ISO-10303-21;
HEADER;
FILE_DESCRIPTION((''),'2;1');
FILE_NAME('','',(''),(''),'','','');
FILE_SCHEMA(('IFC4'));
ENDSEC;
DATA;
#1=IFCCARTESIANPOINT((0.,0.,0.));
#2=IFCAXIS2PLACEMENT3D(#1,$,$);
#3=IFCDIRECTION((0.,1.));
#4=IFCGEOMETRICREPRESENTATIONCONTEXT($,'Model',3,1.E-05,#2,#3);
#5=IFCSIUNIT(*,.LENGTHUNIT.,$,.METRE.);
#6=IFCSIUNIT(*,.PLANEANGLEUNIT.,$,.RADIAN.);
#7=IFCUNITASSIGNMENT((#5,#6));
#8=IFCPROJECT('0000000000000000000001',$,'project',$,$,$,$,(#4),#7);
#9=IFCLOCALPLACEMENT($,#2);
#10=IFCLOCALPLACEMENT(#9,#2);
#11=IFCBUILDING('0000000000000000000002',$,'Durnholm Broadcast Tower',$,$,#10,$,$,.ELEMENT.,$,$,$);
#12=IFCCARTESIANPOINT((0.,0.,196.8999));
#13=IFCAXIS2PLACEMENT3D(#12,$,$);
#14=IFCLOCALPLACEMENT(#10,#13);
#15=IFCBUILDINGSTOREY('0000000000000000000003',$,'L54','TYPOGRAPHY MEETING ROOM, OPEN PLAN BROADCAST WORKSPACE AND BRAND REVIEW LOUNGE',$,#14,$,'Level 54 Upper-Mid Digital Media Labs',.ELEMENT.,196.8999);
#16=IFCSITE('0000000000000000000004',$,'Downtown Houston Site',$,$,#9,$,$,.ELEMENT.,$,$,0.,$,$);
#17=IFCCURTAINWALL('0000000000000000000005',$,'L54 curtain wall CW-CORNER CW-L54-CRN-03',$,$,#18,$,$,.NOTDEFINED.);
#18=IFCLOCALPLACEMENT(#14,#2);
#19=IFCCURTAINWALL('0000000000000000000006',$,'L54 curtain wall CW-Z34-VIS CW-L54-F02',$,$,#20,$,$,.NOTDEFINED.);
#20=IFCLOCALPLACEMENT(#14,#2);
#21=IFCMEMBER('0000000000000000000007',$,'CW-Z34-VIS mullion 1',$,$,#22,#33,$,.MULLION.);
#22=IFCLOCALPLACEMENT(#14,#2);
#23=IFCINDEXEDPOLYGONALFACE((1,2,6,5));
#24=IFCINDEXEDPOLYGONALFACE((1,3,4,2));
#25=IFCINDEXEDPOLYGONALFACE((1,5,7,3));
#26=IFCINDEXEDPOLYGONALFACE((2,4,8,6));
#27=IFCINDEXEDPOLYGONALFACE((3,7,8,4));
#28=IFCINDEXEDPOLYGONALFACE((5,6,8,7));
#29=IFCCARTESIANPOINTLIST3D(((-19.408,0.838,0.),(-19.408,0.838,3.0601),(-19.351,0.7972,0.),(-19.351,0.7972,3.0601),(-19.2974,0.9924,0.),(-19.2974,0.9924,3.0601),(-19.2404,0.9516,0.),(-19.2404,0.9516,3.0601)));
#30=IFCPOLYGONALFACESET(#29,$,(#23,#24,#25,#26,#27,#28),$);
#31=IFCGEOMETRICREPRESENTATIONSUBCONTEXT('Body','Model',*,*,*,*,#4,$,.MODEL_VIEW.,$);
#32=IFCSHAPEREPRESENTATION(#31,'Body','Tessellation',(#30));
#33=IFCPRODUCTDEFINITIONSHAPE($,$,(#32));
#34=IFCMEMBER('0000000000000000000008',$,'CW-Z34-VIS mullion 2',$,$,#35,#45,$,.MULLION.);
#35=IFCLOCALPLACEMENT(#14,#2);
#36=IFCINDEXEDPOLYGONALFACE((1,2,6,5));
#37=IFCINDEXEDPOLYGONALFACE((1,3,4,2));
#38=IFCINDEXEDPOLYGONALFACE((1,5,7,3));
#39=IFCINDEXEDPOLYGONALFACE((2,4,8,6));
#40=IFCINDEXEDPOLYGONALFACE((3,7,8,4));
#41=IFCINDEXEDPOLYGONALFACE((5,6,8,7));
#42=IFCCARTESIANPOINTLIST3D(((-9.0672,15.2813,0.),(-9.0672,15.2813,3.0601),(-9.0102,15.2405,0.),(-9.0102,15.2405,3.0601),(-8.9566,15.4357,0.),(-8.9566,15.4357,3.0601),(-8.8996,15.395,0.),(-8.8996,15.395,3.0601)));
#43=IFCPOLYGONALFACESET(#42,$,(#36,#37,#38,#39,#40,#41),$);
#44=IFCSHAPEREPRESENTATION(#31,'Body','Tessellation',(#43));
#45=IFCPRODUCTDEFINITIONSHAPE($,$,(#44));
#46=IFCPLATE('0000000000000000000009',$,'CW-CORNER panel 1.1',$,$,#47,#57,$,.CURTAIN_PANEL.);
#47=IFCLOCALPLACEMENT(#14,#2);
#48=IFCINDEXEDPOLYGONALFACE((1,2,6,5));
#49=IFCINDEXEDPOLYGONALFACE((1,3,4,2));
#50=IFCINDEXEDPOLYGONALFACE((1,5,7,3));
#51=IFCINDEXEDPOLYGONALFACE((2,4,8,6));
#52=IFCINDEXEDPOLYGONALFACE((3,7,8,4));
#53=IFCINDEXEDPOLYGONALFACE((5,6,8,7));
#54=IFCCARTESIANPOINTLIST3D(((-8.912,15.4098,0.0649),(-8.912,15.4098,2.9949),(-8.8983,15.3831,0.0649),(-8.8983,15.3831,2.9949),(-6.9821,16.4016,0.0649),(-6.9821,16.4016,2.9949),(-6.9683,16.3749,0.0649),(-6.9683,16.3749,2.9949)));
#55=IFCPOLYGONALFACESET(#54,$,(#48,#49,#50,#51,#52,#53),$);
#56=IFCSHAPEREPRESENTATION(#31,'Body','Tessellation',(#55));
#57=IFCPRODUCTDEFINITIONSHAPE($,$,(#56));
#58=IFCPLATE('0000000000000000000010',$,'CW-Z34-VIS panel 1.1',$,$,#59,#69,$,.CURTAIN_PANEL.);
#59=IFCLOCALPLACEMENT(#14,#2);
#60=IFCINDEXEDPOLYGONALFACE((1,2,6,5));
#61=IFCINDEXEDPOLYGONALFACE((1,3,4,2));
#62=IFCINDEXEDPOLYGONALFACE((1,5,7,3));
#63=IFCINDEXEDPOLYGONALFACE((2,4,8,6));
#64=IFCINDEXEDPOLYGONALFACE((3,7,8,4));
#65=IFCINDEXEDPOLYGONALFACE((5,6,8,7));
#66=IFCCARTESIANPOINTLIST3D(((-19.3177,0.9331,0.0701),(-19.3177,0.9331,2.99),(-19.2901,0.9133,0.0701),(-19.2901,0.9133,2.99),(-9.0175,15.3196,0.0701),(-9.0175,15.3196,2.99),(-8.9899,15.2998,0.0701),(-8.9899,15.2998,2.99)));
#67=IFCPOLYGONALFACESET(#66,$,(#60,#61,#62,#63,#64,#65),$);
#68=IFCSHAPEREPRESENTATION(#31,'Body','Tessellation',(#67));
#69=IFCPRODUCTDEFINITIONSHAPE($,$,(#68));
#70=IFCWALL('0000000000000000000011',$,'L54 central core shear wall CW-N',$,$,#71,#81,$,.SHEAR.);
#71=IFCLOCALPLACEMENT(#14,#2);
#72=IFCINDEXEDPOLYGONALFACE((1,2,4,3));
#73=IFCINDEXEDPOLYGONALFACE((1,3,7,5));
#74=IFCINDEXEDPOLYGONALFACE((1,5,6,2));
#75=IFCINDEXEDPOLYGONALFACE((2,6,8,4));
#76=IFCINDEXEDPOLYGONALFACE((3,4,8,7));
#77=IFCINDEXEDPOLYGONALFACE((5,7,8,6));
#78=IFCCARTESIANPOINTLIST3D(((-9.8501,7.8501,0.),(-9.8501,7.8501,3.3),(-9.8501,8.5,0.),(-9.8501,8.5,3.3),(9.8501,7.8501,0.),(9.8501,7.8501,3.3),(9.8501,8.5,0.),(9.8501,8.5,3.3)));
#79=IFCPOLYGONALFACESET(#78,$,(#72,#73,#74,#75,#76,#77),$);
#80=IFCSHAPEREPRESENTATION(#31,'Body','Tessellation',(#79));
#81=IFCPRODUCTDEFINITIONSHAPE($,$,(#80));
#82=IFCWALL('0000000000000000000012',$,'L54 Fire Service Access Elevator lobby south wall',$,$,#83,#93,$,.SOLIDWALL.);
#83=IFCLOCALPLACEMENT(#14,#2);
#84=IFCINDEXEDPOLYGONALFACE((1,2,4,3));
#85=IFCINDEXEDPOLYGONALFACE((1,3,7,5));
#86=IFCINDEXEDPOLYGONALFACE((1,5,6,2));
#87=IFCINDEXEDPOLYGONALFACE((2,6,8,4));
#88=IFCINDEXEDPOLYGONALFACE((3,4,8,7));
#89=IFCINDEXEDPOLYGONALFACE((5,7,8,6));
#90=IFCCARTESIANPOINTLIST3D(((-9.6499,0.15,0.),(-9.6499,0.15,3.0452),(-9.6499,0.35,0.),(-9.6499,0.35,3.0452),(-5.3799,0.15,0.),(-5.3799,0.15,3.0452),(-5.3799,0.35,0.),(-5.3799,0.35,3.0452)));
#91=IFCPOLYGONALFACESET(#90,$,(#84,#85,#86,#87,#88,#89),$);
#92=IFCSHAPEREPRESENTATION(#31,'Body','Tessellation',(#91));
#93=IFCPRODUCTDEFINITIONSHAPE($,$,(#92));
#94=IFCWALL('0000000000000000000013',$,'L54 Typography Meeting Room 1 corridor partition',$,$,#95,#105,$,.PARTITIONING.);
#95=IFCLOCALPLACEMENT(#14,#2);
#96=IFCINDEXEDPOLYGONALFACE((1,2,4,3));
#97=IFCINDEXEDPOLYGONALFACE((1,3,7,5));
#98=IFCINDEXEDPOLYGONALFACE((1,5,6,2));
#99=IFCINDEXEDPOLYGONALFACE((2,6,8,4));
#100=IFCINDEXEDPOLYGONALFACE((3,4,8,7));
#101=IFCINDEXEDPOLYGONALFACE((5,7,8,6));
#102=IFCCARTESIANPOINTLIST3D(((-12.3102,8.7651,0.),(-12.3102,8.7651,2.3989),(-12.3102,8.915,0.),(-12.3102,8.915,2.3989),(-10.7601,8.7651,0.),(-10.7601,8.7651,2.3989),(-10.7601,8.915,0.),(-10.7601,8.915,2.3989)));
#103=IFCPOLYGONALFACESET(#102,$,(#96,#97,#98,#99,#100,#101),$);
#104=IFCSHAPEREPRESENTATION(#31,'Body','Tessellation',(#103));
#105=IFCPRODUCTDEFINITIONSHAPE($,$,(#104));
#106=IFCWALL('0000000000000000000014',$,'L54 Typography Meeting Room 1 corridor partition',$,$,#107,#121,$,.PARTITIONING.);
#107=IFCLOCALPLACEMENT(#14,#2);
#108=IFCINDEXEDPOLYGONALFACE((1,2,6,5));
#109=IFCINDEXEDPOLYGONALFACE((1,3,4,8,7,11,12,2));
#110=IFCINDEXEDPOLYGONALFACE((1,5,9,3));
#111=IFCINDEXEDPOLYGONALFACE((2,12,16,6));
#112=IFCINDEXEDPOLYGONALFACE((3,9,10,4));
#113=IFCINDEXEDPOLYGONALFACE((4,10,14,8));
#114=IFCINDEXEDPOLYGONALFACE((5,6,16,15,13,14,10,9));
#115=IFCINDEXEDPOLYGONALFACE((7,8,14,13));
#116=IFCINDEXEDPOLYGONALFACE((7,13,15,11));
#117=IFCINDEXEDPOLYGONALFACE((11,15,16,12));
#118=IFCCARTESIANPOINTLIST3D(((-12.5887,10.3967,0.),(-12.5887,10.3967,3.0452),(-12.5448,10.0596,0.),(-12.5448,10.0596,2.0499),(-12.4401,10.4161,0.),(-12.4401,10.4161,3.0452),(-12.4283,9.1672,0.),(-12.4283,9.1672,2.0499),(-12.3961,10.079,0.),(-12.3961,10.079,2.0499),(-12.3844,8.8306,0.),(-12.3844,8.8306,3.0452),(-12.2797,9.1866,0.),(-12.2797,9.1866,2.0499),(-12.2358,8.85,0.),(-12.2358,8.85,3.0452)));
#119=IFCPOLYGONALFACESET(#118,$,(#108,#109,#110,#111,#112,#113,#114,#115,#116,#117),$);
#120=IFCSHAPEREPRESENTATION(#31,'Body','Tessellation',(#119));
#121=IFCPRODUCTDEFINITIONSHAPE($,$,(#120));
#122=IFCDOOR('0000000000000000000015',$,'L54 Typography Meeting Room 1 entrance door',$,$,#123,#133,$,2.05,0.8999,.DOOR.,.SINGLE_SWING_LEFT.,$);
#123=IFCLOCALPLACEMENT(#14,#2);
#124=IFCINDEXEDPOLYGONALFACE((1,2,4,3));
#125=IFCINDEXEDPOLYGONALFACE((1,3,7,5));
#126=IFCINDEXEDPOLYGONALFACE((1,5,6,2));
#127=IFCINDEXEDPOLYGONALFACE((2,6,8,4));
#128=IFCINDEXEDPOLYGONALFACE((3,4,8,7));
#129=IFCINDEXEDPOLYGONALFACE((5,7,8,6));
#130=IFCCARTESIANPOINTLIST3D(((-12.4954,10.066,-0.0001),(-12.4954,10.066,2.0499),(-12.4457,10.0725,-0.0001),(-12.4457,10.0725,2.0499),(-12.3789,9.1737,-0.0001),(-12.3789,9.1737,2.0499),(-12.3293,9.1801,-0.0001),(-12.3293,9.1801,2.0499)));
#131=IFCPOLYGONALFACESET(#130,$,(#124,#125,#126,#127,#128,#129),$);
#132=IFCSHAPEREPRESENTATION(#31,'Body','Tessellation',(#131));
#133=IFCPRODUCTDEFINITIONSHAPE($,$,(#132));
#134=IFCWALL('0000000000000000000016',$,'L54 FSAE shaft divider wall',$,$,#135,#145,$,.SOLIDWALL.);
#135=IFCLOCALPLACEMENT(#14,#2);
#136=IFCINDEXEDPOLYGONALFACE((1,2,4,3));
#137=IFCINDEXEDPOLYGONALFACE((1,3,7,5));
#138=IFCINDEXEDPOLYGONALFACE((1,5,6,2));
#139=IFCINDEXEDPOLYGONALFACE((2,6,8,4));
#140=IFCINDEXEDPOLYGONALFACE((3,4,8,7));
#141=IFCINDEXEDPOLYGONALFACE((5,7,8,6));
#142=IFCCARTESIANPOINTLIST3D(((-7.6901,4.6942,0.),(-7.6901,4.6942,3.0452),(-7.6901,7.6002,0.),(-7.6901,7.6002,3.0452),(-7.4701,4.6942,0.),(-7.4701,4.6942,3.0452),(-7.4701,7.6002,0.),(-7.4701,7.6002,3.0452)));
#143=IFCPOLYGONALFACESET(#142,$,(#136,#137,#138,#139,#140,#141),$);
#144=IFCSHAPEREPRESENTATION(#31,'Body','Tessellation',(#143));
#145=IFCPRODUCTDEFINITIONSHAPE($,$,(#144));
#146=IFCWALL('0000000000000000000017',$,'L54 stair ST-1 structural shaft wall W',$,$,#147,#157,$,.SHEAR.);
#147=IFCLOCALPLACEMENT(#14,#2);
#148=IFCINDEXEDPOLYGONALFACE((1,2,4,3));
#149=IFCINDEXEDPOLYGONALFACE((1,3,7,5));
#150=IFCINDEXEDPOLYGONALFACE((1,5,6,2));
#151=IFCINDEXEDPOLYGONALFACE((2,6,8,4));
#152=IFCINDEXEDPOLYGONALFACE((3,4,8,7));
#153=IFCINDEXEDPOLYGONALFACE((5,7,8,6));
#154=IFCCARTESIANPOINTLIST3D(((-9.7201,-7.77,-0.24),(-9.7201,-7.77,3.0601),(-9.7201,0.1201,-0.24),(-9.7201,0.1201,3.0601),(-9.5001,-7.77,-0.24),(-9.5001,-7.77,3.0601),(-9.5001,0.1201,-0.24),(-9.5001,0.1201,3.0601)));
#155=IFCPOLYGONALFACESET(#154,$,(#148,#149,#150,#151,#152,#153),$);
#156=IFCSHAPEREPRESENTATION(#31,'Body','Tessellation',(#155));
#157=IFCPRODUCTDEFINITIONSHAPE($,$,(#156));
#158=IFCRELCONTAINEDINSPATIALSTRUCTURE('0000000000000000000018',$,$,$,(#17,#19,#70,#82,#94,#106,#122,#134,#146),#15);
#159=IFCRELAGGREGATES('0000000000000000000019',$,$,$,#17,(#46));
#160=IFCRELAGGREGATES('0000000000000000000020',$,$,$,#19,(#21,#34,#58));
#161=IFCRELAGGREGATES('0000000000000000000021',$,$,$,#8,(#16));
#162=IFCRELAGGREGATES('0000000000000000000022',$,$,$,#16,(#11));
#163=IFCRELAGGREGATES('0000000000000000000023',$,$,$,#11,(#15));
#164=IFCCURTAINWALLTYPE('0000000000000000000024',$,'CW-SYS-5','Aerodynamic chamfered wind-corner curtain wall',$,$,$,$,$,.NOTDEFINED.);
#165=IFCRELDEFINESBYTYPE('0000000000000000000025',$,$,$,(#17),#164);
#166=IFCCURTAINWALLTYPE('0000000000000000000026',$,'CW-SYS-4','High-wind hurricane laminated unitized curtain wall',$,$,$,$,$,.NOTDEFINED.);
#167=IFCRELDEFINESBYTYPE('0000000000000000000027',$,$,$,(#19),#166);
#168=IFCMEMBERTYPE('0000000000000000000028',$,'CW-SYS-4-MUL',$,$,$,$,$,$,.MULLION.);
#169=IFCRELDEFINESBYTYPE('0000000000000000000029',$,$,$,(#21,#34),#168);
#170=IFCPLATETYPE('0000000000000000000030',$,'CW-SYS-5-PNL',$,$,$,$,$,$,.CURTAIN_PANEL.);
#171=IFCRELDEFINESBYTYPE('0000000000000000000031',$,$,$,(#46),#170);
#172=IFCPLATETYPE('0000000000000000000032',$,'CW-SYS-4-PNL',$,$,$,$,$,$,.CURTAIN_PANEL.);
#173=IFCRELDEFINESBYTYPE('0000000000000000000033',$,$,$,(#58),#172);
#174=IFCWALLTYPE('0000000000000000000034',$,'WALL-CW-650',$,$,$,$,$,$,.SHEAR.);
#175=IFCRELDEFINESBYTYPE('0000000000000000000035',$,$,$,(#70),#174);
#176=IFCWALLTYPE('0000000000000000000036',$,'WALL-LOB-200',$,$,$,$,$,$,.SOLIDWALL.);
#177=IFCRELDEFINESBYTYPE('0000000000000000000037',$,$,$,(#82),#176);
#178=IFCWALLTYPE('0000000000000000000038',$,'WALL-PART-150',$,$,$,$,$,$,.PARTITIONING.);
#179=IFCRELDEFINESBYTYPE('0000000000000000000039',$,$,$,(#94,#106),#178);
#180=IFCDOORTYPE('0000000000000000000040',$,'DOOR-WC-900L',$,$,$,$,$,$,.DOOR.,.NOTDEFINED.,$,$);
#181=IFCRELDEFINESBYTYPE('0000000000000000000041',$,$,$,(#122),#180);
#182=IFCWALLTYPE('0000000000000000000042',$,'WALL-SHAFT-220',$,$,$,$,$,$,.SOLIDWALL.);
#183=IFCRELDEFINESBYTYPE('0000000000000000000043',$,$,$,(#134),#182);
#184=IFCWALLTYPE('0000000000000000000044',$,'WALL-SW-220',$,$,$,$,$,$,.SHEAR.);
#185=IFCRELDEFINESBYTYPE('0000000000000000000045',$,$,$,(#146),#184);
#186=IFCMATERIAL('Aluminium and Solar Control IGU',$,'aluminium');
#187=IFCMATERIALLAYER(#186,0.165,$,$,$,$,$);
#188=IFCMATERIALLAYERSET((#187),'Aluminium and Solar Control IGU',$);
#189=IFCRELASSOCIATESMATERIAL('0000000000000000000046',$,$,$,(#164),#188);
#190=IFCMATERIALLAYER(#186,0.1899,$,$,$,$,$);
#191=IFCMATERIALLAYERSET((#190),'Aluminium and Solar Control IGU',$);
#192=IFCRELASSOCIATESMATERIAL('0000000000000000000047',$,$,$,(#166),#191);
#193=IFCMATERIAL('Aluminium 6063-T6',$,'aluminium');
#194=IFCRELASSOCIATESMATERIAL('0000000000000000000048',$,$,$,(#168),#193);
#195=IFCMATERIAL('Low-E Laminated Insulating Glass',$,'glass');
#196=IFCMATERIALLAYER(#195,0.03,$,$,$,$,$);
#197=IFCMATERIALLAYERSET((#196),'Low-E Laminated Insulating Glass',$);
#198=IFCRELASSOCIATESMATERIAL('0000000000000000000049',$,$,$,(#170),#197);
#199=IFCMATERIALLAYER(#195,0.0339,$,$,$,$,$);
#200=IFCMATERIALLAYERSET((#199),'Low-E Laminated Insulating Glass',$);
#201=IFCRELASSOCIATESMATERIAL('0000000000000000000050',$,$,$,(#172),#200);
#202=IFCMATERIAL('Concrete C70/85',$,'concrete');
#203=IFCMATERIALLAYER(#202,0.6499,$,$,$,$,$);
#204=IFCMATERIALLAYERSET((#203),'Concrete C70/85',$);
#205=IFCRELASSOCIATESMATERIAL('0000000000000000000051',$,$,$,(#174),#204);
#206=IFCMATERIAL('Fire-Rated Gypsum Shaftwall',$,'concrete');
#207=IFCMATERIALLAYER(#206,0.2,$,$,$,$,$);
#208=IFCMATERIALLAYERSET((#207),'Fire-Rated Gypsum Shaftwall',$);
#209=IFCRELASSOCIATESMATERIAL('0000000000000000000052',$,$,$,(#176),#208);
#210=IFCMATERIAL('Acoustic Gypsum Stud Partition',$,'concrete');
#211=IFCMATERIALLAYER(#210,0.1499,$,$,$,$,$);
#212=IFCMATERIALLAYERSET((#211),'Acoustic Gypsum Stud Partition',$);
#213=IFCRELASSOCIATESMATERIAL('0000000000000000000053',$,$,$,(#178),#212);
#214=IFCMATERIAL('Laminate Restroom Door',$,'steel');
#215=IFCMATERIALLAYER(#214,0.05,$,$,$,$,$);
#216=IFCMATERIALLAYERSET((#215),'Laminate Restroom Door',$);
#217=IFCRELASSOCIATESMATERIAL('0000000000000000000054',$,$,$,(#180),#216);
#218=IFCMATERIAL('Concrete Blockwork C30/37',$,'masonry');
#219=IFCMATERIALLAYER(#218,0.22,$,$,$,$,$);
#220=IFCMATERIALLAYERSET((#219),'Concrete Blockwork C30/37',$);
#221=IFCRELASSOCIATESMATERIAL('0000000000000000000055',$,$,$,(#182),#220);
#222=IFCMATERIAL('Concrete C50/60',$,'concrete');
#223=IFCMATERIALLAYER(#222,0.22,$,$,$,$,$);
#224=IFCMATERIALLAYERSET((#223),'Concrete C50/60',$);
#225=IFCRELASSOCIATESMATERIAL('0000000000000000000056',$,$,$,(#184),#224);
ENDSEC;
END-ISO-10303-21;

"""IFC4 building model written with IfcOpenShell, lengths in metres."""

from ifc_helpers import new_model, si_unit, direction, frame, frame_2d, origin, origin_2d, place, context, subcontext, project, spatial, rectangle, extrude, source, transform, mapped, material, layer, layer_set, material_profile, profile_set, type_object, type_shapes, element, fill, aggregate, save


model = new_model("IFC4")

# Units and contexts
model_context = context("Model", 3, precision=1e-05, world=origin(), true_north=direction((0.0, 1.0)))
body_context = subcontext(model_context, "Body", "Model", "MODEL_VIEW")
ifc_project = project(units=[si_unit("LENGTHUNIT", "METRE"), si_unit("PLANEANGLEUNIT", "RADIAN")], contexts=[model_context])

# Site, building, storey
site_placement = place(None, origin())
site = spatial("IfcSite", under=ifc_project, at=site_placement, Name="Downtown Houston Site", CompositionType="ELEMENT", RefElevation=0.0)
building_placement = place(site_placement, origin())
building = spatial("IfcBuilding", under=site, at=building_placement, Name="Durnholm Broadcast Tower", CompositionType="ELEMENT")
storey_placement = place(building_placement, frame((0.0, 0.0, 196.8999)))
storey = spatial("IfcBuildingStorey", under=building, at=storey_placement, Name="L54", Description="TYPOGRAPHY MEETING ROOM, OPEN PLAN BROADCAST WORKSPACE AND BRAND REVIEW LOUNGE", LongName="Level 54 Upper-Mid Digital Media Labs", CompositionType="ELEMENT", Elevation=196.8999)

# Shared definitions
ifc_material_1 = material(Name="Concrete C70/85", Category="concrete")

# Shared definitions
ifc_material_2 = material(Name="Aluminium and Solar Control IGU", Category="aluminium")
ifc_layer_1 = layer(ifc_material_2, 0.165)
ifc_layer_set_1 = layer_set([ifc_layer_1], Name="Aluminium and Solar Control IGU")
curtain_wall_type_1 = type_object("IfcCurtainWallType", Name="CW-SYS-5", Description="Aerodynamic chamfered wind-corner curtain wall", PredefinedType="NOTDEFINED", material=ifc_layer_set_1)
ifc_material_3 = material(Name="Aluminium 6063-T6", Category="aluminium")

# Curtain walls, members
curtain_wall_1_placement = place(storey_placement, origin())
curtain_wall_1 = element("IfcCurtainWall", 1, at=curtain_wall_1_placement, inside=storey, type_object=curtain_wall_type_1, Name="L54 curtain wall CW-CORNER CW-L54-CRN-03", PredefinedType="NOTDEFINED")
ifc_layer_2 = layer(ifc_material_2, 0.1899)
ifc_layer_set_2 = layer_set([ifc_layer_2], Name="Aluminium and Solar Control IGU")
curtain_wall_type_2 = type_object("IfcCurtainWallType", Name="CW-SYS-4", Description="High-wind hurricane laminated unitized curtain wall", PredefinedType="NOTDEFINED", material=ifc_layer_set_2)
curtain_wall_2_placement = place(storey_placement, origin())
curtain_wall_2 = element("IfcCurtainWall", 2, at=curtain_wall_2_placement, inside=storey, type_object=curtain_wall_type_2, Name="L54 curtain wall CW-Z34-VIS CW-L54-F02", PredefinedType="NOTDEFINED")
ifc_material_profile_1 = material_profile(ifc_material_3, rectangle(XDim=0.0701, YDim=0.1899, at=origin_2d()), Name="CWM70X190")
ifc_profile_set_1 = profile_set([ifc_material_profile_1], Name="Aluminium 6063-T6")
member_type_1 = type_object("IfcMemberType", Name="CW-SYS-4-MUL", PredefinedType="MULLION", material=ifc_profile_set_1)
shared_shape_1 = source(origin(), body_context, "Body", "SweptSolid", [
    extrude(rectangle(XDim=0.0701, YDim=0.1899, at=origin_2d()), origin(), (0.0, 0.0, 1.0), 3.0601),
])
type_shapes(member_type_1, [shared_shape_1])
member_1_placement = place(storey_placement, frame((-19.3242, 0.8948, 0.0), z_axis=(0.0, 0.0, 1.0), x_axis=(-0.813089, 0.582139, 0.0)))
member_1 = element("IfcMember", 3, at=member_1_placement, type_object=member_type_1, Name="CW-Z34-VIS mullion 1", PredefinedType="MULLION", context=body_context, shape_type="MappedRepresentation", body=[
    mapped(shared_shape_1, transform((0.0, 0.0, 0.0), x_axis=(1.0, 0.0, 0.0), y_axis=(0.0, 1.0, 0.0), z_axis=(0.0, 0.0, 1.0), scale=1.0)),
])
member_2_placement = place(storey_placement, frame((-8.9834, 15.3381, 0.0), z_axis=(0.0, 0.0, 1.0), x_axis=(-0.813089, 0.582139, 0.0)))
member_2 = element("IfcMember", 4, at=member_2_placement, type_object=member_type_1, Name="CW-Z34-VIS mullion 2", PredefinedType="MULLION", context=body_context, shape_type="MappedRepresentation", body=[
    mapped(shared_shape_1, transform((0.0, 0.0, 0.0), x_axis=(1.0, 0.0, 0.0), y_axis=(0.0, 1.0, 0.0), z_axis=(0.0, 0.0, 1.0), scale=1.0)),
])

# Plates
ifc_material_4 = material(Name="Low-E Laminated Insulating Glass", Category="glass")
ifc_layer_3 = layer(ifc_material_4, 0.03)
ifc_layer_set_3 = layer_set([ifc_layer_3], Name="Low-E Laminated Insulating Glass")
plate_type_1 = type_object("IfcPlateType", Name="CW-SYS-5-PNL", PredefinedType="CURTAIN_PANEL", material=ifc_layer_set_3)
shared_shape_2 = source(origin(), body_context, "Body", "SweptSolid", [
    extrude(rectangle(XDim=2.1699, YDim=0.03, at=origin_2d()), origin(), (0.0, 0.0, 1.0), 2.9299),
])
type_shapes(plate_type_1, [shared_shape_2])
plate_1_placement = place(storey_placement, frame((-7.9402, 15.8923, 0.0649), z_axis=(0.0, 0.0, 1.0), x_axis=(0.889425, 0.457082, 0.0)))
plate_1 = element("IfcPlate", 5, at=plate_1_placement, type_object=plate_type_1, Name="CW-CORNER panel 1.1", PredefinedType="CURTAIN_PANEL", context=body_context, shape_type="MappedRepresentation", body=[
    mapped(shared_shape_2, transform((0.0, 0.0, 0.0), x_axis=(1.0, 0.0, 0.0), y_axis=(0.0, 1.0, 0.0), z_axis=(0.0, 0.0, 1.0), scale=1.0)),
])
aggregate(curtain_wall_1, [plate_1])
ifc_layer_4 = layer(ifc_material_4, 0.0339)
ifc_layer_set_4 = layer_set([ifc_layer_4], Name="Low-E Laminated Insulating Glass")
plate_type_2 = type_object("IfcPlateType", Name="CW-SYS-4-PNL", PredefinedType="CURTAIN_PANEL", material=ifc_layer_set_4)
shared_shape_3 = source(origin(), body_context, "Body", "SweptSolid", [
    extrude(rectangle(XDim=17.6936, YDim=0.0339, at=origin_2d()), origin(), (0.0, 0.0, 1.0), 2.9199),
])
type_shapes(plate_type_2, [shared_shape_3])
plate_2_placement = place(storey_placement, frame((-14.1538, 8.1165, 0.0701), z_axis=(0.0, 0.0, 1.0), x_axis=(0.582139, 0.813089, 0.0)))
plate_2 = element("IfcPlate", 6, at=plate_2_placement, type_object=plate_type_2, Name="CW-Z34-VIS panel 1.1", PredefinedType="CURTAIN_PANEL", context=body_context, shape_type="MappedRepresentation", body=[
    mapped(shared_shape_3, transform((0.0, 0.0, 0.0), x_axis=(1.0, 0.0, 0.0), y_axis=(0.0, 1.0, 0.0), z_axis=(0.0, 0.0, 1.0), scale=1.0)),
])
aggregate(curtain_wall_2, [member_1, member_2, plate_2])

# Walls
ifc_layer_5 = layer(ifc_material_1, 0.6499)
ifc_layer_set_5 = layer_set([ifc_layer_5], Name="Concrete C70/85")
wall_type_1 = type_object("IfcWallType", Name="WALL-CW-650", PredefinedType="SHEAR", material=ifc_layer_set_5)
wall_1_placement = place(storey_placement, frame((-9.8501, 8.175, 0.0), z_axis=(0.0, 0.0, 1.0), x_axis=(1.0, 0.0, 0.0)))
element("IfcWall", 7, at=wall_1_placement, inside=storey, type_object=wall_type_1, Name="L54 central core shear wall CW-N", PredefinedType="SHEAR", context=body_context, shape_type="SweptSolid", body=[
    extrude(rectangle(XDim=19.7002, YDim=0.6499, at=frame_2d((9.8501, 0.0))), origin(), (0.0, 0.0, 1.0), 3.3),
])
ifc_material_5 = material(Name="Fire-Rated Gypsum Shaftwall", Category="concrete")
ifc_layer_6 = layer(ifc_material_5, 0.2)
ifc_layer_set_6 = layer_set([ifc_layer_6], Name="Fire-Rated Gypsum Shaftwall")
wall_type_2 = type_object("IfcWallType", Name="WALL-LOB-200", PredefinedType="SOLIDWALL", material=ifc_layer_set_6)
wall_2_placement = place(storey_placement, frame((-9.6499, 0.25, 0.0), z_axis=(0.0, 0.0, 1.0), x_axis=(1.0, 0.0, 0.0)))
element("IfcWall", 8, at=wall_2_placement, inside=storey, type_object=wall_type_2, Name="L54 Fire Service Access Elevator lobby south wall", PredefinedType="SOLIDWALL", context=body_context, shape_type="SweptSolid", body=[
    extrude(rectangle(XDim=4.27, YDim=0.2, at=frame_2d((2.135, 0.0))), origin(), (0.0, 0.0, 1.0), 3.0452),
])
ifc_material_6 = material(Name="Acoustic Gypsum Stud Partition", Category="concrete")
ifc_layer_7 = layer(ifc_material_6, 0.1499)
ifc_layer_set_7 = layer_set([ifc_layer_7], Name="Acoustic Gypsum Stud Partition")
wall_type_3 = type_object("IfcWallType", Name="WALL-PART-150", PredefinedType="PARTITIONING", material=ifc_layer_set_7)
wall_3_placement = place(storey_placement, frame((-12.3101, 8.8401, 0.0), z_axis=(0.0, 0.0, 1.0), x_axis=(1.0, 0.0, 0.0)))
element("IfcWall", 9, at=wall_3_placement, inside=storey, type_object=wall_type_3, Name="L54 Typography Meeting Room 1 corridor partition", PredefinedType="PARTITIONING", context=body_context, shape_type="SweptSolid", body=[
    extrude(rectangle(XDim=1.55, YDim=0.1499, at=frame_2d((0.7749, 0.0))), origin(), (0.0, 0.0, 1.0), 2.3989),
])

# Wall, opening, door
wall_4_placement = place(storey_placement, frame((-12.5144, 10.4062, 0.0), z_axis=(0.0, 0.0, 1.0), x_axis=(0.129379, -0.991595, 0.0)))
wall_4 = element("IfcWall", 10, at=wall_4_placement, inside=storey, type_object=wall_type_3, Name="L54 Typography Meeting Room 1 corridor partition", PredefinedType="PARTITIONING", context=body_context, shape_type="SweptSolid", body=[
    extrude(rectangle(XDim=1.5793, YDim=0.1499, at=frame_2d((0.7896, 0.0))), origin(), (0.0, 0.0, 1.0), 3.0452),
])
opening_1_placement = place(wall_4_placement, frame((0.3398, 0.0, 0.0)))
opening_1 = element("IfcOpeningElement", 11, at=opening_1_placement, cuts=wall_4, PredefinedType="OPENING", context=body_context, shape_type="SweptSolid", body=[
    extrude(rectangle(XDim=0.8999, YDim=2.05, at=frame_2d((0.45, 1.0249))), frame((0.0, 0.085, 0.0), z_axis=(0.0, -1.0, 0.0), x_axis=(1.0, 0.0, 0.0)), (0.0, 0.0, 1.0), 0.1699),
])
ifc_material_7 = material(Name="Laminate Restroom Door", Category="steel")
ifc_layer_8 = layer(ifc_material_7, 0.05)
ifc_layer_set_8 = layer_set([ifc_layer_8], Name="Laminate Restroom Door")
door_type_1 = type_object("IfcDoorType", Name="DOOR-WC-900L", OperationType="NOTDEFINED", PredefinedType="DOOR", material=ifc_layer_set_8)
shared_shape_4 = source(origin(), body_context, "Body", "SweptSolid", [
    extrude(rectangle(XDim=0.8999, YDim=2.05, at=frame_2d((0.45, 1.0249))), frame((0.0, 0.0249, 0.0), z_axis=(0.0, -1.0, 0.0), x_axis=(1.0, 0.0, 0.0)), (0.0, 0.0, 1.0), 0.05),
])
type_shapes(door_type_1, [shared_shape_4])
door_1_placement = place(opening_1_placement, origin())
door_1 = element("IfcDoor", 12, at=door_1_placement, inside=storey, type_object=door_type_1, Name="L54 Typography Meeting Room 1 entrance door", OperationType="SINGLE_SWING_LEFT", OverallHeight=2.05, OverallWidth=0.8999, PredefinedType="DOOR", context=body_context, shape_type="MappedRepresentation", body=[
    mapped(shared_shape_4, transform((0.0, 0.0, 0.0), x_axis=(1.0, 0.0, 0.0), y_axis=(0.0, 1.0, 0.0), z_axis=(0.0, 0.0, 1.0), scale=1.0)),
])
fill(opening_1, door_1)

# Shared definitions
ifc_material_8 = material(Name="Concrete Blockwork C30/37", Category="masonry")
ifc_layer_9 = layer(ifc_material_8, 0.22)
ifc_layer_set_9 = layer_set([ifc_layer_9], Name="Concrete Blockwork C30/37")
wall_type_4 = type_object("IfcWallType", Name="WALL-SHAFT-220", PredefinedType="SOLIDWALL", material=ifc_layer_set_9)

# Walls
wall_5_placement = place(storey_placement, frame((-7.5801, 4.6941, 0.0), z_axis=(0.0, 0.0, 1.0), x_axis=(0.0, 1.0, 0.0)))
element("IfcWall", 13, at=wall_5_placement, inside=storey, type_object=wall_type_4, Name="L54 FSAE shaft divider wall", PredefinedType="SOLIDWALL", context=body_context, shape_type="SweptSolid", body=[
    extrude(rectangle(XDim=2.906, YDim=0.22, at=frame_2d((1.4531, 0.0))), origin(), (0.0, 0.0, 1.0), 3.0452),
])
ifc_material_9 = material(Name="Concrete C50/60", Category="concrete")
ifc_layer_10 = layer(ifc_material_9, 0.22)
ifc_layer_set_10 = layer_set([ifc_layer_10], Name="Concrete C50/60")
wall_type_5 = type_object("IfcWallType", Name="WALL-SW-220", PredefinedType="SHEAR", material=ifc_layer_set_10)
wall_6_placement = place(storey_placement, frame((-9.6101, 0.1201, -0.24), z_axis=(0.0, 0.0, 1.0), x_axis=(0.0, -1.0, 0.0)))
element("IfcWall", 14, at=wall_6_placement, inside=storey, type_object=wall_type_5, Name="L54 stair ST-1 structural shaft wall W", PredefinedType="SHEAR", context=body_context, shape_type="SweptSolid", body=[
    extrude(rectangle(XDim=7.8901, YDim=0.22, at=frame_2d((3.9451, 0.0))), origin(), (0.0, 0.0, 1.0), 3.3),
])

save(model, "model.ifc")
